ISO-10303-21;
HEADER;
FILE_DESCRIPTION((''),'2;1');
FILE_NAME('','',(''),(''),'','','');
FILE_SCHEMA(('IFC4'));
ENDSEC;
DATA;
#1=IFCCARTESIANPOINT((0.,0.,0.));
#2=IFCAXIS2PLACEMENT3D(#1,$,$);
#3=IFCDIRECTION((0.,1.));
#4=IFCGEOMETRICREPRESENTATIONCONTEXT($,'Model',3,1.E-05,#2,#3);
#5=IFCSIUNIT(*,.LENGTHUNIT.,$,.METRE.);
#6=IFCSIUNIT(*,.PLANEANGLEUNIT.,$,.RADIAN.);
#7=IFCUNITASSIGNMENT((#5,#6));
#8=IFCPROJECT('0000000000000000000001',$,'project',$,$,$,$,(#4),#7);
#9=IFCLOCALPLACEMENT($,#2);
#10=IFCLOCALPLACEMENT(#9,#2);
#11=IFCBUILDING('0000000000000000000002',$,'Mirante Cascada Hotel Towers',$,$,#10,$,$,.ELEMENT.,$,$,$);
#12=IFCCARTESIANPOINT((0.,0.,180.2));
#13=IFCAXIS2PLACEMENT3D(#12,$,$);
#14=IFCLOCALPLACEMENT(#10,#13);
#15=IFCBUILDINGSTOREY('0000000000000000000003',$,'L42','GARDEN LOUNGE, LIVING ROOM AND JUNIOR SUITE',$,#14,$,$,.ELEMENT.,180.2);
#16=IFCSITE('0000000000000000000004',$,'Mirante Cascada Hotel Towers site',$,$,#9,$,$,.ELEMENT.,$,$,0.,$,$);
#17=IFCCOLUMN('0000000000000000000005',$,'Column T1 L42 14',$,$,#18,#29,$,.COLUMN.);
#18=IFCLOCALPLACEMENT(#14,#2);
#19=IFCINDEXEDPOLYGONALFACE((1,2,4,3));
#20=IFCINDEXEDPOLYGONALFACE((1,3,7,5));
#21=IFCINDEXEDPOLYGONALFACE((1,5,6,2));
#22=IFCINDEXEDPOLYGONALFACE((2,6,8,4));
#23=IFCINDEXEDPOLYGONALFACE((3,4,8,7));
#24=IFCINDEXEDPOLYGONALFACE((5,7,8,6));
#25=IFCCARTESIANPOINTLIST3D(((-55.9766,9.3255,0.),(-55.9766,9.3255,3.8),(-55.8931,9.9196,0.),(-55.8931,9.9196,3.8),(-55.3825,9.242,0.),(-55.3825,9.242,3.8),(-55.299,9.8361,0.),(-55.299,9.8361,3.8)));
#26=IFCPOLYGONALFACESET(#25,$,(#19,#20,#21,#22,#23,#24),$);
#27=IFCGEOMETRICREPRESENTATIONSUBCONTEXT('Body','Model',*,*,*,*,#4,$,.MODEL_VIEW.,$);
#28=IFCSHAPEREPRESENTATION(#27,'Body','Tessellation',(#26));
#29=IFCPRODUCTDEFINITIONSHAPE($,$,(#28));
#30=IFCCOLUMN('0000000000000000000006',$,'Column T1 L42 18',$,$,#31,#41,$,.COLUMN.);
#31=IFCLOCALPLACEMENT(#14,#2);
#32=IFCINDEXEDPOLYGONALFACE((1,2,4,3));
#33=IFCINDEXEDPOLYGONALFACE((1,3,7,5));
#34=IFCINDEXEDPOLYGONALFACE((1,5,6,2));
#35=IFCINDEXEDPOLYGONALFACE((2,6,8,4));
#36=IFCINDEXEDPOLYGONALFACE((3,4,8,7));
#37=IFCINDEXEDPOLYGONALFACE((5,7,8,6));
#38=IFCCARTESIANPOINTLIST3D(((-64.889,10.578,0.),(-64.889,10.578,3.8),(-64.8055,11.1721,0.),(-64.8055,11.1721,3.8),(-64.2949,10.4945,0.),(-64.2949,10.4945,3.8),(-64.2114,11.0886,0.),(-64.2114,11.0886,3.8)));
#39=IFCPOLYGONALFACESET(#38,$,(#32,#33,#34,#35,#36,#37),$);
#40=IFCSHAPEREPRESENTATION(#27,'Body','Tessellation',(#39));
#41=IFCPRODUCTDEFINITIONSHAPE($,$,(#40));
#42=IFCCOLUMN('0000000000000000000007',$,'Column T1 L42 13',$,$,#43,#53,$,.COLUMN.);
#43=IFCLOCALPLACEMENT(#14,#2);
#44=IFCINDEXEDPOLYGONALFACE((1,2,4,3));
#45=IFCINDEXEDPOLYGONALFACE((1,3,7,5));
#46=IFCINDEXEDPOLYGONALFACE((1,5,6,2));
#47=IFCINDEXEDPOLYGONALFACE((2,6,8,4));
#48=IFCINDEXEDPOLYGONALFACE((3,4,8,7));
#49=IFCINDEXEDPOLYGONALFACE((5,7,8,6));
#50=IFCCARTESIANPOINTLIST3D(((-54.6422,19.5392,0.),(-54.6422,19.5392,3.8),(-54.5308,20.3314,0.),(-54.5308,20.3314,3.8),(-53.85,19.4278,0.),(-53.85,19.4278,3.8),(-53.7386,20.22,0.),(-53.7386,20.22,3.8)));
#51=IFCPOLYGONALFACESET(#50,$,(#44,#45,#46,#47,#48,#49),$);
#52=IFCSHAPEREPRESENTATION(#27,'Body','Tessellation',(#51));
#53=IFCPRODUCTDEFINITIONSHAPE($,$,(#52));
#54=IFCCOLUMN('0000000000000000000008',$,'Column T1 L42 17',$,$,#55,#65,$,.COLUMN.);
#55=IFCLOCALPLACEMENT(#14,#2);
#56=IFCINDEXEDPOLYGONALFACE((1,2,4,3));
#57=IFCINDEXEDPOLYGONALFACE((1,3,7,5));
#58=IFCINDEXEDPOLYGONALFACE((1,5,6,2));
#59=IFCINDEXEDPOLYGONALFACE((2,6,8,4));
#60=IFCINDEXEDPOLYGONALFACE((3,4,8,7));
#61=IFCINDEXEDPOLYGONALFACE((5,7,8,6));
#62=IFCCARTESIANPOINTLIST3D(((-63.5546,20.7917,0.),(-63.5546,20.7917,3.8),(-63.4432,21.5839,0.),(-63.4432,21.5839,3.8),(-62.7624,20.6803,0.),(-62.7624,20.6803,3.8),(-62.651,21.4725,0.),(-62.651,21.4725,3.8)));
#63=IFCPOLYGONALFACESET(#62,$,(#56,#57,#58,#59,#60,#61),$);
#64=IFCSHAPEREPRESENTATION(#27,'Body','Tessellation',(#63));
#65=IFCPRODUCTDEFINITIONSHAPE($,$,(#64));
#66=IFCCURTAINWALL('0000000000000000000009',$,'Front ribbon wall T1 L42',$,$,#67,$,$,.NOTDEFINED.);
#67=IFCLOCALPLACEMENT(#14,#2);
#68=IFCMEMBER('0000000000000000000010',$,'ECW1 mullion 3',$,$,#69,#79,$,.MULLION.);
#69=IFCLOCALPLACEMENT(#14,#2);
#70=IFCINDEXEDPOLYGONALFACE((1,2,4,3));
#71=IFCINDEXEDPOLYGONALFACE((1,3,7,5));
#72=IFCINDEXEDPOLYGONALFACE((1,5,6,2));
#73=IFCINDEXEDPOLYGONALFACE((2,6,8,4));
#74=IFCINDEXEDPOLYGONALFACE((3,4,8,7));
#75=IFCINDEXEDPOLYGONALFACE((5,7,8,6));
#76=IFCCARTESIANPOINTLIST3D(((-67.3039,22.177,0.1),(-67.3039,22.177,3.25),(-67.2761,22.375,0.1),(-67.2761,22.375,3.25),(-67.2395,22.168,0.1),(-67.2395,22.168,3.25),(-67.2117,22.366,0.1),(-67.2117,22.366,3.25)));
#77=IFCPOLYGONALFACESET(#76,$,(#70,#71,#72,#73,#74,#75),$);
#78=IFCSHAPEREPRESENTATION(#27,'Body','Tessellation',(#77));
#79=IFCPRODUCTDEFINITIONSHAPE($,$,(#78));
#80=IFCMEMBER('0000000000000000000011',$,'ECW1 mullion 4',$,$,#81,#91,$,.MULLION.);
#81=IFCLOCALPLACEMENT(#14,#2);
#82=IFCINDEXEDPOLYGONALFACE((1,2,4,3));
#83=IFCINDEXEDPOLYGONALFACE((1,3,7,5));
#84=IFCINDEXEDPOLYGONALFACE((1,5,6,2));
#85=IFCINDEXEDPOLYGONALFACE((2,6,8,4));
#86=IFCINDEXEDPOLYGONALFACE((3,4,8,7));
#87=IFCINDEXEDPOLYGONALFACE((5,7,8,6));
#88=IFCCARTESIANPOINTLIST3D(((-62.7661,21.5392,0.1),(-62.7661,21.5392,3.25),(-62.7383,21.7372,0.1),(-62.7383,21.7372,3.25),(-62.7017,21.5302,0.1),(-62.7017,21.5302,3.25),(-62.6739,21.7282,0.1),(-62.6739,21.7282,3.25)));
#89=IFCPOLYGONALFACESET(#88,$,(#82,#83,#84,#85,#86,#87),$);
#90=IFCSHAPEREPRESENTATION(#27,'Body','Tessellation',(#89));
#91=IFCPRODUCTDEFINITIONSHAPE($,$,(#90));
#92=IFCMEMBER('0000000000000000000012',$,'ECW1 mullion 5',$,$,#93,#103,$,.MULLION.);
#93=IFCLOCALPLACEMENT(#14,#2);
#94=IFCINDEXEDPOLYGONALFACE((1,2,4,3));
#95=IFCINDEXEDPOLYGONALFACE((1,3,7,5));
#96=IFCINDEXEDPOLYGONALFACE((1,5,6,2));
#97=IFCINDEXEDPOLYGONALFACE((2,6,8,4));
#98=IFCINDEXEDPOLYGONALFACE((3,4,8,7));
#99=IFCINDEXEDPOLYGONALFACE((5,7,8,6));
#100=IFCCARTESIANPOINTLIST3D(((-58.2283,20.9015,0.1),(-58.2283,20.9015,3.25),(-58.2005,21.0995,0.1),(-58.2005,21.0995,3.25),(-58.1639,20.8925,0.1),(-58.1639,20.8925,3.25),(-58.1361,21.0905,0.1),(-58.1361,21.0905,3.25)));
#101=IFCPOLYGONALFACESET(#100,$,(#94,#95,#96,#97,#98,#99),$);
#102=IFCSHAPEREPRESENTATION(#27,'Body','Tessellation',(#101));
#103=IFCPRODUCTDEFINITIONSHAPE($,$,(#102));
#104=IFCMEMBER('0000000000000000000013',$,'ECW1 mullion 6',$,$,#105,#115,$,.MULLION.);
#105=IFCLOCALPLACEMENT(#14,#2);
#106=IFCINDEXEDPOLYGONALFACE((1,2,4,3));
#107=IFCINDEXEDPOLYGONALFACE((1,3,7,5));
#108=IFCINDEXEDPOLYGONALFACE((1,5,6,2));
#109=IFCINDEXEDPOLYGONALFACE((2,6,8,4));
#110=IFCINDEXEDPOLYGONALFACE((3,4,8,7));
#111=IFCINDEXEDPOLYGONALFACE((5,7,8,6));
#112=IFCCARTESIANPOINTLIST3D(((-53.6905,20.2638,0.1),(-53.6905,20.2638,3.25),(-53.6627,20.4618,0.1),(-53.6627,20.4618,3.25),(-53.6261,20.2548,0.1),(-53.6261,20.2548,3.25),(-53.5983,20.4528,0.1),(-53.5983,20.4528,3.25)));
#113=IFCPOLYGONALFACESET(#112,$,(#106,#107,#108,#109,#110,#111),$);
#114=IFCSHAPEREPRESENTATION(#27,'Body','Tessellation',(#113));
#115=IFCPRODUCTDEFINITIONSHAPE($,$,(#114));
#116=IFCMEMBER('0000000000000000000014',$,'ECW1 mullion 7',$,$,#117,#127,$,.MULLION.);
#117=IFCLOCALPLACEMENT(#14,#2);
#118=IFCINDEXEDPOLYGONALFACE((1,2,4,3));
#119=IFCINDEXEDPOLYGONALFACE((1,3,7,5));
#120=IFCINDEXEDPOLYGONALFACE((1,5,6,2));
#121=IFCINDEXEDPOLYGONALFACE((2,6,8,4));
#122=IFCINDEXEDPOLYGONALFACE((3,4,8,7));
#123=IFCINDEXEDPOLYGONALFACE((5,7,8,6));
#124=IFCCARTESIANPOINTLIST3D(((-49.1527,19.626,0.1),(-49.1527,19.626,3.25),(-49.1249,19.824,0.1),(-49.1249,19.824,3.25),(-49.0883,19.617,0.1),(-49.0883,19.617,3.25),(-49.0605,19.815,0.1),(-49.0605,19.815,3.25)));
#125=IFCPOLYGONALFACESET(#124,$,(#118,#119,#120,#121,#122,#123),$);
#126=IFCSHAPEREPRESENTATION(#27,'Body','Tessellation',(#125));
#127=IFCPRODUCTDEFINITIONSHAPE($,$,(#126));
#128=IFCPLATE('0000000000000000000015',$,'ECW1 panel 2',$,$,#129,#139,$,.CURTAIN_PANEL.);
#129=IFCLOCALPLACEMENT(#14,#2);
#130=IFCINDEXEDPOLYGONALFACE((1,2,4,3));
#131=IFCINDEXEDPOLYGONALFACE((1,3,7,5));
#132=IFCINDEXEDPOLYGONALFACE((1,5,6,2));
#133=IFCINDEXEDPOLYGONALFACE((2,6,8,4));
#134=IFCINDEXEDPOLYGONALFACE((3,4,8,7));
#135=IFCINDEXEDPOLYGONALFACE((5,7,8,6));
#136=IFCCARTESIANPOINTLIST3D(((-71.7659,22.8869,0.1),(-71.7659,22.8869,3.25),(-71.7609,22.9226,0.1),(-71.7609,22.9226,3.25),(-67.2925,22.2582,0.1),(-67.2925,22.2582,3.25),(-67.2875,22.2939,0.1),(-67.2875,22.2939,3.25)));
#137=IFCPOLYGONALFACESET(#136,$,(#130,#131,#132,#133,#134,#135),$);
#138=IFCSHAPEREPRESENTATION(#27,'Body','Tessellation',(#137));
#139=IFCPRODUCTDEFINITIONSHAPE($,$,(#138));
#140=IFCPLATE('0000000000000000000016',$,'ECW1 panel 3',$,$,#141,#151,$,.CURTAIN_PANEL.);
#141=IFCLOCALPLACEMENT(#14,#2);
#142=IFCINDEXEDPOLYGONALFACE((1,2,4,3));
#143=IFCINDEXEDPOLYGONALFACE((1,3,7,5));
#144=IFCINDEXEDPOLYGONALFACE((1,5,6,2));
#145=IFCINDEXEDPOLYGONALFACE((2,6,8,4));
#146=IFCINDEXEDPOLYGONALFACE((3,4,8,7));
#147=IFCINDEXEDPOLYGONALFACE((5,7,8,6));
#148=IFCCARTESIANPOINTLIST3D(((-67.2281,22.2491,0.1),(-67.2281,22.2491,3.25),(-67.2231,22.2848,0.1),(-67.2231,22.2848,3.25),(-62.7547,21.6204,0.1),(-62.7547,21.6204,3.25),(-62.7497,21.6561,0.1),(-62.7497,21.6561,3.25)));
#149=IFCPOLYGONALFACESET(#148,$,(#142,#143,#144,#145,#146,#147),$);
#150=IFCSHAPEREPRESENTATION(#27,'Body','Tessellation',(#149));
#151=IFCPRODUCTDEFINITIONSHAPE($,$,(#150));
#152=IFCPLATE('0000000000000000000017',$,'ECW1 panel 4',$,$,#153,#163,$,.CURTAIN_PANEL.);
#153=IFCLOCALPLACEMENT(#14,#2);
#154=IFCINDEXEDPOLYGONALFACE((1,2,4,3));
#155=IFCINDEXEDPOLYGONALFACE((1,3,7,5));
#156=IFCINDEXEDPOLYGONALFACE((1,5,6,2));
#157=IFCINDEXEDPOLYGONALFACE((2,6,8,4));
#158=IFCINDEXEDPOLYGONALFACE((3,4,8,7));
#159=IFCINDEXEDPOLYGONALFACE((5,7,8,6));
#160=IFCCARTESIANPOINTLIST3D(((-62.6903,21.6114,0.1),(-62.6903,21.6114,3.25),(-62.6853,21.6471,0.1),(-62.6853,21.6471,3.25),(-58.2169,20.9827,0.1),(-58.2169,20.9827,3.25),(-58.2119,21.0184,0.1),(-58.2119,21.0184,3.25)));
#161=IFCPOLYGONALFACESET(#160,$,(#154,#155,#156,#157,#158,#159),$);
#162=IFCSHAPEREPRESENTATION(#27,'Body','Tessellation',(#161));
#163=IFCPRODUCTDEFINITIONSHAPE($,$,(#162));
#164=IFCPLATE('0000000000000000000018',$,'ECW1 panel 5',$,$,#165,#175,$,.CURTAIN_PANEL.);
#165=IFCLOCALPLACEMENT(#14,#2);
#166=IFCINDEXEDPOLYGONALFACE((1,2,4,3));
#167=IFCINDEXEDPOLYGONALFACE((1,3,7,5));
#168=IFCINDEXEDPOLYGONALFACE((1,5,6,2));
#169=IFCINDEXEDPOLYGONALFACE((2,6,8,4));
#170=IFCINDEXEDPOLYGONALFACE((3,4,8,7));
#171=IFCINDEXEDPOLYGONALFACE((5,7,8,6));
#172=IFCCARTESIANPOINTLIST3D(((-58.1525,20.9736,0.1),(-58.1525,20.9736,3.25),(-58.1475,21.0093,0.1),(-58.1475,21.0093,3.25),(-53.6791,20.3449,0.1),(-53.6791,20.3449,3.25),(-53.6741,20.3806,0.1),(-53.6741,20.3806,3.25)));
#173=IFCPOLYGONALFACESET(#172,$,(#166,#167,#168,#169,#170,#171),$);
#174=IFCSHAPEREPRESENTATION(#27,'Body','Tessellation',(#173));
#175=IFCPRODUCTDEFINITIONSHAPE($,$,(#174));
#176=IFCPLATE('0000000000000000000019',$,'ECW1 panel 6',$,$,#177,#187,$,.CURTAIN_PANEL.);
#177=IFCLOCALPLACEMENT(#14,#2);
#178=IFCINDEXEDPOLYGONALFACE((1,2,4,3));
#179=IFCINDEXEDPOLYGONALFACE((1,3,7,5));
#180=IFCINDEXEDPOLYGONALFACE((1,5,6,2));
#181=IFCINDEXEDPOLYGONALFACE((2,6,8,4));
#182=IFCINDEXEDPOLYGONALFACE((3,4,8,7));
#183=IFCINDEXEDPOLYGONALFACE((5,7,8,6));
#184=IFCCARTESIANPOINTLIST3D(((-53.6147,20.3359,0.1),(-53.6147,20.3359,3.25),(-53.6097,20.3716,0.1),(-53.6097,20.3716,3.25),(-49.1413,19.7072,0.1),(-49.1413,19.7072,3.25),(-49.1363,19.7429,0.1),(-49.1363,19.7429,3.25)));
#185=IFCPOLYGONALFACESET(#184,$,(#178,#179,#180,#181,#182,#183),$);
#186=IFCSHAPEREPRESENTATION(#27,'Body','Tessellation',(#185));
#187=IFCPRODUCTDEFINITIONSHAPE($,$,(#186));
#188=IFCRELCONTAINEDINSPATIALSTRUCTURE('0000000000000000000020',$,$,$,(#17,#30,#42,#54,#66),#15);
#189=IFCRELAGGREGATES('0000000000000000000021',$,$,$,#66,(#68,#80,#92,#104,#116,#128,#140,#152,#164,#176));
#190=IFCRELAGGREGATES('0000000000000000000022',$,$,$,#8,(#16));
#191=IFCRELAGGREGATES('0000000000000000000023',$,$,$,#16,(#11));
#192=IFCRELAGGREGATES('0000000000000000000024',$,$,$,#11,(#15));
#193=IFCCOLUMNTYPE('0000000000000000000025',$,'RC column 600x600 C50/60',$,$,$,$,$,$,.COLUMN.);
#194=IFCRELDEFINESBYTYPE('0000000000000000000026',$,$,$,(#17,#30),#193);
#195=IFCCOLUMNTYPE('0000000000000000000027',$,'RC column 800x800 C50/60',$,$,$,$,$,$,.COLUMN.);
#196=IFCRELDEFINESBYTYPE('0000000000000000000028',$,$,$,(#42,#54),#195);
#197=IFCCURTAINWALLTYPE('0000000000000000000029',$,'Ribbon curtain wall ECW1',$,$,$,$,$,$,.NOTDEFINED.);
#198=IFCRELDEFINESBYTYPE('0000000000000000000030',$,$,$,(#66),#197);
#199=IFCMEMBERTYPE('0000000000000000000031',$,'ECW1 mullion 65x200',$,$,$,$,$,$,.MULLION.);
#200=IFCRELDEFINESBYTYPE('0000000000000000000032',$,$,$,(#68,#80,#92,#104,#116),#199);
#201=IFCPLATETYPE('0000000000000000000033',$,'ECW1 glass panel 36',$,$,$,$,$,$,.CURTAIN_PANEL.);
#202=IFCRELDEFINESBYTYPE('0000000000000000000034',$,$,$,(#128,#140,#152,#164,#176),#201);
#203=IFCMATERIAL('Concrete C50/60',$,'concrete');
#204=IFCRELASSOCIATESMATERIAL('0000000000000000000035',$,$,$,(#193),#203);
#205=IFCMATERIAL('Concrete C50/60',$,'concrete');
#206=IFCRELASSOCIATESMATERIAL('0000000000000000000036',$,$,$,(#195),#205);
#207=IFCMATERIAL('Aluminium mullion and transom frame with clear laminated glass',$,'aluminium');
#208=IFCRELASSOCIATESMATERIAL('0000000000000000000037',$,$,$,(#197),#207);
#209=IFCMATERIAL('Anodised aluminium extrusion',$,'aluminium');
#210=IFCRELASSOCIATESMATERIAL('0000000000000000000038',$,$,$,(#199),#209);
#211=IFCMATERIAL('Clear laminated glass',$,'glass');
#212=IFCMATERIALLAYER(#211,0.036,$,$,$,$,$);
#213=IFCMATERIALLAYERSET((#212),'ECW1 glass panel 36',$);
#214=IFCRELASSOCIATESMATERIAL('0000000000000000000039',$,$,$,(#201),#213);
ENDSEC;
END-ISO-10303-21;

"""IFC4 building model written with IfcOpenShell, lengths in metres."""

from ifc_helpers import new_model, si_unit, direction, frame, origin, origin_2d, place, context, subcontext, project, spatial, rectangle, extrude, material, layer, layer_set, material_profile, profile_set, type_object, element, aggregate, save


model = new_model("IFC4")

# Units and contexts
model_context = context("Model", 3, precision=1e-05, world=origin(), true_north=direction((0.0, 1.0)))
body_context = subcontext(model_context, "Body", "Model", "MODEL_VIEW")
ifc_project = project(units=[si_unit("LENGTHUNIT", "METRE"), si_unit("PLANEANGLEUNIT", "RADIAN")], contexts=[model_context])

# Site, building, storey
site_placement = place(None, origin())
site = spatial("IfcSite", under=ifc_project, at=site_placement, Name="Mirante Cascada Hotel Towers site", CompositionType="ELEMENT", RefElevation=0.0)
building_placement = place(site_placement, origin())
building = spatial("IfcBuilding", under=site, at=building_placement, Name="Mirante Cascada Hotel Towers", CompositionType="ELEMENT")
storey_placement = place(building_placement, frame((0.0, 0.0, 180.2)))
storey = spatial("IfcBuildingStorey", under=building, at=storey_placement, Name="L42", Description="GARDEN LOUNGE, LIVING ROOM AND JUNIOR SUITE", CompositionType="ELEMENT", Elevation=180.2)

# Columns
ifc_material_1 = material(Name="Concrete C50/60", Category="concrete")
ifc_material_profile_1 = material_profile(ifc_material_1, rectangle(XDim=0.6, YDim=0.6, at=origin_2d()), Name="RC column 600x600 C50/60")
ifc_profile_set_1 = profile_set([ifc_material_profile_1], Name="Concrete C50/60")
column_type_1 = type_object("IfcColumnType", Name="RC column 600x600 C50/60", PredefinedType="COLUMN", material=ifc_profile_set_1)
for number, where, z_axis, x_axis, name in (
    (1, (-55.6378, 9.5808, 0.0), (0.0, 0.0, 1.0), (-0.990268, 0.139173, 0.0), "Column T1 L42 14"),
    (2, (-64.5502, 10.8333, 0.0), (0.0, 0.0, 1.0), (-0.990268, 0.139173, 0.0), "Column T1 L42 18"),
):
    element("IfcColumn", number, at=place(storey_placement, frame(where, z_axis=z_axis, x_axis=x_axis)), inside=storey, type_object=column_type_1, Name=name, PredefinedType="COLUMN", context=body_context, shape_type="SweptSolid", body=[
        extrude(rectangle(XDim=0.6, YDim=0.6, at=origin_2d()), origin(), (0.0, 0.0, 1.0), 3.8),
    ])
ifc_material_2 = material(Name="Concrete C50/60", Category="concrete")
ifc_material_profile_2 = material_profile(ifc_material_2, rectangle(XDim=0.8, YDim=0.8, at=origin_2d()), Name="RC column 800x800 C50/60")
ifc_profile_set_2 = profile_set([ifc_material_profile_2], Name="Concrete C50/60")
column_type_2 = type_object("IfcColumnType", Name="RC column 800x800 C50/60", PredefinedType="COLUMN", material=ifc_profile_set_2)
for number, where, z_axis, x_axis, name in (
    (3, (-54.1904, 19.8796, 0.0), (0.0, 0.0, 1.0), (-0.990268, 0.139173, 0.0), "Column T1 L42 13"),
    (4, (-63.1028, 21.1321, 0.0), (0.0, 0.0, 1.0), (-0.990268, 0.139173, 0.0), "Column T1 L42 17"),
):
    element("IfcColumn", number, at=place(storey_placement, frame(where, z_axis=z_axis, x_axis=x_axis)), inside=storey, type_object=column_type_2, Name=name, PredefinedType="COLUMN", context=body_context, shape_type="SweptSolid", body=[
        extrude(rectangle(XDim=0.8, YDim=0.8, at=origin_2d()), origin(), (0.0, 0.0, 1.0), 3.8),
    ])

# Curtain wall, members, plates
ifc_material_3 = material(Name="Aluminium mullion and transom frame with clear laminated glass", Category="aluminium")
curtain_wall_type = type_object("IfcCurtainWallType", Name="Ribbon curtain wall ECW1", PredefinedType="NOTDEFINED", material=ifc_material_3)
curtain_wall_placement = place(storey_placement, origin())
curtain_wall = element("IfcCurtainWall", 5, at=curtain_wall_placement, inside=storey, type_object=curtain_wall_type, Name="Front ribbon wall T1 L42", PredefinedType="NOTDEFINED")
ifc_material_4 = material(Name="Anodised aluminium extrusion", Category="aluminium")
ifc_material_profile_3 = material_profile(ifc_material_4, rectangle(XDim=0.2, YDim=0.065, at=origin_2d()), Name="ECW1 MULLION 65x200")
ifc_profile_set_3 = profile_set([ifc_material_profile_3], Name="Anodised aluminium extrusion")
member_type = type_object("IfcMemberType", Name="ECW1 mullion 65x200", PredefinedType="MULLION", material=ifc_profile_set_3)
member_1_placement = place(storey_placement, frame((-67.2578, 22.2715, 0.1), z_axis=(0.0, 0.0, 1.0), x_axis=(0.139173, 0.990268, 0.0)))
member_1 = element("IfcMember", 6, at=member_1_placement, type_object=member_type, Name="ECW1 mullion 3", PredefinedType="MULLION", context=body_context, shape_type="SweptSolid", body=[
    extrude(rectangle(XDim=0.2, YDim=0.065, at=origin_2d()), origin(), (0.0, 0.0, 1.0), 3.15),
])
member_2_placement = place(storey_placement, frame((-62.72, 21.6337, 0.1), z_axis=(0.0, 0.0, 1.0), x_axis=(0.139173, 0.990268, 0.0)))
member_2 = element("IfcMember", 7, at=member_2_placement, type_object=member_type, Name="ECW1 mullion 4", PredefinedType="MULLION", context=body_context, shape_type="SweptSolid", body=[
    extrude(rectangle(XDim=0.2, YDim=0.065, at=origin_2d()), origin(), (0.0, 0.0, 1.0), 3.15),
])
member_3_placement = place(storey_placement, frame((-58.1822, 20.996, 0.1), z_axis=(0.0, 0.0, 1.0), x_axis=(0.139173, 0.990268, 0.0)))
member_3 = element("IfcMember", 8, at=member_3_placement, type_object=member_type, Name="ECW1 mullion 5", PredefinedType="MULLION", context=body_context, shape_type="SweptSolid", body=[
    extrude(rectangle(XDim=0.2, YDim=0.065, at=origin_2d()), origin(), (0.0, 0.0, 1.0), 3.15),
])
member_4_placement = place(storey_placement, frame((-53.6444, 20.3583, 0.1), z_axis=(0.0, 0.0, 1.0), x_axis=(0.139173, 0.990268, 0.0)))
member_4 = element("IfcMember", 9, at=member_4_placement, type_object=member_type, Name="ECW1 mullion 6", PredefinedType="MULLION", context=body_context, shape_type="SweptSolid", body=[
    extrude(rectangle(XDim=0.2, YDim=0.065, at=origin_2d()), origin(), (0.0, 0.0, 1.0), 3.15),
])
member_5_placement = place(storey_placement, frame((-49.1066, 19.7205, 0.1), z_axis=(0.0, 0.0, 1.0), x_axis=(0.139173, 0.990268, 0.0)))
member_5 = element("IfcMember", 10, at=member_5_placement, type_object=member_type, Name="ECW1 mullion 7", PredefinedType="MULLION", context=body_context, shape_type="SweptSolid", body=[
    extrude(rectangle(XDim=0.2, YDim=0.065, at=origin_2d()), origin(), (0.0, 0.0, 1.0), 3.15),
])
ifc_material_5 = material(Name="Clear laminated glass", Category="glass")
ifc_layer_1 = layer(ifc_material_5, 0.036)
ifc_layer_set_1 = layer_set([ifc_layer_1], Name="ECW1 glass panel 36")
plate_type = type_object("IfcPlateType", Name="ECW1 glass panel 36", PredefinedType="CURTAIN_PANEL", material=ifc_layer_set_1)
plate_1_placement = place(storey_placement, frame((-69.5267, 22.5904, 0.1), z_axis=(0.0, 0.0, 1.0), x_axis=(0.990268, -0.139173, 0.0)))
plate_1 = element("IfcPlate", 11, at=plate_1_placement, type_object=plate_type, Name="ECW1 panel 2", PredefinedType="CURTAIN_PANEL", context=body_context, shape_type="SweptSolid", body=[
    extrude(rectangle(XDim=4.5174, YDim=0.036, at=origin_2d()), origin(), (0.0, 0.0, 1.0), 3.15),
])
plate_2_placement = place(storey_placement, frame((-64.9889, 21.9526, 0.1), z_axis=(0.0, 0.0, 1.0), x_axis=(0.990268, -0.139173, 0.0)))
plate_2 = element("IfcPlate", 12, at=plate_2_placement, type_object=plate_type, Name="ECW1 panel 3", PredefinedType="CURTAIN_PANEL", context=body_context, shape_type="SweptSolid", body=[
    extrude(rectangle(XDim=4.5174, YDim=0.036, at=origin_2d()), origin(), (0.0, 0.0, 1.0), 3.15),
])
plate_3_placement = place(storey_placement, frame((-60.4511, 21.3149, 0.1), z_axis=(0.0, 0.0, 1.0), x_axis=(0.990268, -0.139173, 0.0)))
plate_3 = element("IfcPlate", 13, at=plate_3_placement, type_object=plate_type, Name="ECW1 panel 4", PredefinedType="CURTAIN_PANEL", context=body_context, shape_type="SweptSolid", body=[
    extrude(rectangle(XDim=4.5174, YDim=0.036, at=origin_2d()), origin(), (0.0, 0.0, 1.0), 3.15),
])
plate_4_placement = place(storey_placement, frame((-55.9133, 20.6771, 0.1), z_axis=(0.0, 0.0, 1.0), x_axis=(0.990268, -0.139173, 0.0)))
plate_4 = element("IfcPlate", 14, at=plate_4_placement, type_object=plate_type, Name="ECW1 panel 5", PredefinedType="CURTAIN_PANEL", context=body_context, shape_type="SweptSolid", body=[
    extrude(rectangle(XDim=4.5174, YDim=0.036, at=origin_2d()), origin(), (0.0, 0.0, 1.0), 3.15),
])
plate_5_placement = place(storey_placement, frame((-51.3755, 20.0394, 0.1), z_axis=(0.0, 0.0, 1.0), x_axis=(0.990268, -0.139173, 0.0)))
plate_5 = element("IfcPlate", 15, at=plate_5_placement, type_object=plate_type, Name="ECW1 panel 6", PredefinedType="CURTAIN_PANEL", context=body_context, shape_type="SweptSolid", body=[
    extrude(rectangle(XDim=4.5174, YDim=0.036, at=origin_2d()), origin(), (0.0, 0.0, 1.0), 3.15),
])
aggregate(curtain_wall, [member_1, member_2, member_3, member_4, member_5, plate_1, plate_2, plate_3, plate_4, plate_5])

save(model, "model.ifc")
